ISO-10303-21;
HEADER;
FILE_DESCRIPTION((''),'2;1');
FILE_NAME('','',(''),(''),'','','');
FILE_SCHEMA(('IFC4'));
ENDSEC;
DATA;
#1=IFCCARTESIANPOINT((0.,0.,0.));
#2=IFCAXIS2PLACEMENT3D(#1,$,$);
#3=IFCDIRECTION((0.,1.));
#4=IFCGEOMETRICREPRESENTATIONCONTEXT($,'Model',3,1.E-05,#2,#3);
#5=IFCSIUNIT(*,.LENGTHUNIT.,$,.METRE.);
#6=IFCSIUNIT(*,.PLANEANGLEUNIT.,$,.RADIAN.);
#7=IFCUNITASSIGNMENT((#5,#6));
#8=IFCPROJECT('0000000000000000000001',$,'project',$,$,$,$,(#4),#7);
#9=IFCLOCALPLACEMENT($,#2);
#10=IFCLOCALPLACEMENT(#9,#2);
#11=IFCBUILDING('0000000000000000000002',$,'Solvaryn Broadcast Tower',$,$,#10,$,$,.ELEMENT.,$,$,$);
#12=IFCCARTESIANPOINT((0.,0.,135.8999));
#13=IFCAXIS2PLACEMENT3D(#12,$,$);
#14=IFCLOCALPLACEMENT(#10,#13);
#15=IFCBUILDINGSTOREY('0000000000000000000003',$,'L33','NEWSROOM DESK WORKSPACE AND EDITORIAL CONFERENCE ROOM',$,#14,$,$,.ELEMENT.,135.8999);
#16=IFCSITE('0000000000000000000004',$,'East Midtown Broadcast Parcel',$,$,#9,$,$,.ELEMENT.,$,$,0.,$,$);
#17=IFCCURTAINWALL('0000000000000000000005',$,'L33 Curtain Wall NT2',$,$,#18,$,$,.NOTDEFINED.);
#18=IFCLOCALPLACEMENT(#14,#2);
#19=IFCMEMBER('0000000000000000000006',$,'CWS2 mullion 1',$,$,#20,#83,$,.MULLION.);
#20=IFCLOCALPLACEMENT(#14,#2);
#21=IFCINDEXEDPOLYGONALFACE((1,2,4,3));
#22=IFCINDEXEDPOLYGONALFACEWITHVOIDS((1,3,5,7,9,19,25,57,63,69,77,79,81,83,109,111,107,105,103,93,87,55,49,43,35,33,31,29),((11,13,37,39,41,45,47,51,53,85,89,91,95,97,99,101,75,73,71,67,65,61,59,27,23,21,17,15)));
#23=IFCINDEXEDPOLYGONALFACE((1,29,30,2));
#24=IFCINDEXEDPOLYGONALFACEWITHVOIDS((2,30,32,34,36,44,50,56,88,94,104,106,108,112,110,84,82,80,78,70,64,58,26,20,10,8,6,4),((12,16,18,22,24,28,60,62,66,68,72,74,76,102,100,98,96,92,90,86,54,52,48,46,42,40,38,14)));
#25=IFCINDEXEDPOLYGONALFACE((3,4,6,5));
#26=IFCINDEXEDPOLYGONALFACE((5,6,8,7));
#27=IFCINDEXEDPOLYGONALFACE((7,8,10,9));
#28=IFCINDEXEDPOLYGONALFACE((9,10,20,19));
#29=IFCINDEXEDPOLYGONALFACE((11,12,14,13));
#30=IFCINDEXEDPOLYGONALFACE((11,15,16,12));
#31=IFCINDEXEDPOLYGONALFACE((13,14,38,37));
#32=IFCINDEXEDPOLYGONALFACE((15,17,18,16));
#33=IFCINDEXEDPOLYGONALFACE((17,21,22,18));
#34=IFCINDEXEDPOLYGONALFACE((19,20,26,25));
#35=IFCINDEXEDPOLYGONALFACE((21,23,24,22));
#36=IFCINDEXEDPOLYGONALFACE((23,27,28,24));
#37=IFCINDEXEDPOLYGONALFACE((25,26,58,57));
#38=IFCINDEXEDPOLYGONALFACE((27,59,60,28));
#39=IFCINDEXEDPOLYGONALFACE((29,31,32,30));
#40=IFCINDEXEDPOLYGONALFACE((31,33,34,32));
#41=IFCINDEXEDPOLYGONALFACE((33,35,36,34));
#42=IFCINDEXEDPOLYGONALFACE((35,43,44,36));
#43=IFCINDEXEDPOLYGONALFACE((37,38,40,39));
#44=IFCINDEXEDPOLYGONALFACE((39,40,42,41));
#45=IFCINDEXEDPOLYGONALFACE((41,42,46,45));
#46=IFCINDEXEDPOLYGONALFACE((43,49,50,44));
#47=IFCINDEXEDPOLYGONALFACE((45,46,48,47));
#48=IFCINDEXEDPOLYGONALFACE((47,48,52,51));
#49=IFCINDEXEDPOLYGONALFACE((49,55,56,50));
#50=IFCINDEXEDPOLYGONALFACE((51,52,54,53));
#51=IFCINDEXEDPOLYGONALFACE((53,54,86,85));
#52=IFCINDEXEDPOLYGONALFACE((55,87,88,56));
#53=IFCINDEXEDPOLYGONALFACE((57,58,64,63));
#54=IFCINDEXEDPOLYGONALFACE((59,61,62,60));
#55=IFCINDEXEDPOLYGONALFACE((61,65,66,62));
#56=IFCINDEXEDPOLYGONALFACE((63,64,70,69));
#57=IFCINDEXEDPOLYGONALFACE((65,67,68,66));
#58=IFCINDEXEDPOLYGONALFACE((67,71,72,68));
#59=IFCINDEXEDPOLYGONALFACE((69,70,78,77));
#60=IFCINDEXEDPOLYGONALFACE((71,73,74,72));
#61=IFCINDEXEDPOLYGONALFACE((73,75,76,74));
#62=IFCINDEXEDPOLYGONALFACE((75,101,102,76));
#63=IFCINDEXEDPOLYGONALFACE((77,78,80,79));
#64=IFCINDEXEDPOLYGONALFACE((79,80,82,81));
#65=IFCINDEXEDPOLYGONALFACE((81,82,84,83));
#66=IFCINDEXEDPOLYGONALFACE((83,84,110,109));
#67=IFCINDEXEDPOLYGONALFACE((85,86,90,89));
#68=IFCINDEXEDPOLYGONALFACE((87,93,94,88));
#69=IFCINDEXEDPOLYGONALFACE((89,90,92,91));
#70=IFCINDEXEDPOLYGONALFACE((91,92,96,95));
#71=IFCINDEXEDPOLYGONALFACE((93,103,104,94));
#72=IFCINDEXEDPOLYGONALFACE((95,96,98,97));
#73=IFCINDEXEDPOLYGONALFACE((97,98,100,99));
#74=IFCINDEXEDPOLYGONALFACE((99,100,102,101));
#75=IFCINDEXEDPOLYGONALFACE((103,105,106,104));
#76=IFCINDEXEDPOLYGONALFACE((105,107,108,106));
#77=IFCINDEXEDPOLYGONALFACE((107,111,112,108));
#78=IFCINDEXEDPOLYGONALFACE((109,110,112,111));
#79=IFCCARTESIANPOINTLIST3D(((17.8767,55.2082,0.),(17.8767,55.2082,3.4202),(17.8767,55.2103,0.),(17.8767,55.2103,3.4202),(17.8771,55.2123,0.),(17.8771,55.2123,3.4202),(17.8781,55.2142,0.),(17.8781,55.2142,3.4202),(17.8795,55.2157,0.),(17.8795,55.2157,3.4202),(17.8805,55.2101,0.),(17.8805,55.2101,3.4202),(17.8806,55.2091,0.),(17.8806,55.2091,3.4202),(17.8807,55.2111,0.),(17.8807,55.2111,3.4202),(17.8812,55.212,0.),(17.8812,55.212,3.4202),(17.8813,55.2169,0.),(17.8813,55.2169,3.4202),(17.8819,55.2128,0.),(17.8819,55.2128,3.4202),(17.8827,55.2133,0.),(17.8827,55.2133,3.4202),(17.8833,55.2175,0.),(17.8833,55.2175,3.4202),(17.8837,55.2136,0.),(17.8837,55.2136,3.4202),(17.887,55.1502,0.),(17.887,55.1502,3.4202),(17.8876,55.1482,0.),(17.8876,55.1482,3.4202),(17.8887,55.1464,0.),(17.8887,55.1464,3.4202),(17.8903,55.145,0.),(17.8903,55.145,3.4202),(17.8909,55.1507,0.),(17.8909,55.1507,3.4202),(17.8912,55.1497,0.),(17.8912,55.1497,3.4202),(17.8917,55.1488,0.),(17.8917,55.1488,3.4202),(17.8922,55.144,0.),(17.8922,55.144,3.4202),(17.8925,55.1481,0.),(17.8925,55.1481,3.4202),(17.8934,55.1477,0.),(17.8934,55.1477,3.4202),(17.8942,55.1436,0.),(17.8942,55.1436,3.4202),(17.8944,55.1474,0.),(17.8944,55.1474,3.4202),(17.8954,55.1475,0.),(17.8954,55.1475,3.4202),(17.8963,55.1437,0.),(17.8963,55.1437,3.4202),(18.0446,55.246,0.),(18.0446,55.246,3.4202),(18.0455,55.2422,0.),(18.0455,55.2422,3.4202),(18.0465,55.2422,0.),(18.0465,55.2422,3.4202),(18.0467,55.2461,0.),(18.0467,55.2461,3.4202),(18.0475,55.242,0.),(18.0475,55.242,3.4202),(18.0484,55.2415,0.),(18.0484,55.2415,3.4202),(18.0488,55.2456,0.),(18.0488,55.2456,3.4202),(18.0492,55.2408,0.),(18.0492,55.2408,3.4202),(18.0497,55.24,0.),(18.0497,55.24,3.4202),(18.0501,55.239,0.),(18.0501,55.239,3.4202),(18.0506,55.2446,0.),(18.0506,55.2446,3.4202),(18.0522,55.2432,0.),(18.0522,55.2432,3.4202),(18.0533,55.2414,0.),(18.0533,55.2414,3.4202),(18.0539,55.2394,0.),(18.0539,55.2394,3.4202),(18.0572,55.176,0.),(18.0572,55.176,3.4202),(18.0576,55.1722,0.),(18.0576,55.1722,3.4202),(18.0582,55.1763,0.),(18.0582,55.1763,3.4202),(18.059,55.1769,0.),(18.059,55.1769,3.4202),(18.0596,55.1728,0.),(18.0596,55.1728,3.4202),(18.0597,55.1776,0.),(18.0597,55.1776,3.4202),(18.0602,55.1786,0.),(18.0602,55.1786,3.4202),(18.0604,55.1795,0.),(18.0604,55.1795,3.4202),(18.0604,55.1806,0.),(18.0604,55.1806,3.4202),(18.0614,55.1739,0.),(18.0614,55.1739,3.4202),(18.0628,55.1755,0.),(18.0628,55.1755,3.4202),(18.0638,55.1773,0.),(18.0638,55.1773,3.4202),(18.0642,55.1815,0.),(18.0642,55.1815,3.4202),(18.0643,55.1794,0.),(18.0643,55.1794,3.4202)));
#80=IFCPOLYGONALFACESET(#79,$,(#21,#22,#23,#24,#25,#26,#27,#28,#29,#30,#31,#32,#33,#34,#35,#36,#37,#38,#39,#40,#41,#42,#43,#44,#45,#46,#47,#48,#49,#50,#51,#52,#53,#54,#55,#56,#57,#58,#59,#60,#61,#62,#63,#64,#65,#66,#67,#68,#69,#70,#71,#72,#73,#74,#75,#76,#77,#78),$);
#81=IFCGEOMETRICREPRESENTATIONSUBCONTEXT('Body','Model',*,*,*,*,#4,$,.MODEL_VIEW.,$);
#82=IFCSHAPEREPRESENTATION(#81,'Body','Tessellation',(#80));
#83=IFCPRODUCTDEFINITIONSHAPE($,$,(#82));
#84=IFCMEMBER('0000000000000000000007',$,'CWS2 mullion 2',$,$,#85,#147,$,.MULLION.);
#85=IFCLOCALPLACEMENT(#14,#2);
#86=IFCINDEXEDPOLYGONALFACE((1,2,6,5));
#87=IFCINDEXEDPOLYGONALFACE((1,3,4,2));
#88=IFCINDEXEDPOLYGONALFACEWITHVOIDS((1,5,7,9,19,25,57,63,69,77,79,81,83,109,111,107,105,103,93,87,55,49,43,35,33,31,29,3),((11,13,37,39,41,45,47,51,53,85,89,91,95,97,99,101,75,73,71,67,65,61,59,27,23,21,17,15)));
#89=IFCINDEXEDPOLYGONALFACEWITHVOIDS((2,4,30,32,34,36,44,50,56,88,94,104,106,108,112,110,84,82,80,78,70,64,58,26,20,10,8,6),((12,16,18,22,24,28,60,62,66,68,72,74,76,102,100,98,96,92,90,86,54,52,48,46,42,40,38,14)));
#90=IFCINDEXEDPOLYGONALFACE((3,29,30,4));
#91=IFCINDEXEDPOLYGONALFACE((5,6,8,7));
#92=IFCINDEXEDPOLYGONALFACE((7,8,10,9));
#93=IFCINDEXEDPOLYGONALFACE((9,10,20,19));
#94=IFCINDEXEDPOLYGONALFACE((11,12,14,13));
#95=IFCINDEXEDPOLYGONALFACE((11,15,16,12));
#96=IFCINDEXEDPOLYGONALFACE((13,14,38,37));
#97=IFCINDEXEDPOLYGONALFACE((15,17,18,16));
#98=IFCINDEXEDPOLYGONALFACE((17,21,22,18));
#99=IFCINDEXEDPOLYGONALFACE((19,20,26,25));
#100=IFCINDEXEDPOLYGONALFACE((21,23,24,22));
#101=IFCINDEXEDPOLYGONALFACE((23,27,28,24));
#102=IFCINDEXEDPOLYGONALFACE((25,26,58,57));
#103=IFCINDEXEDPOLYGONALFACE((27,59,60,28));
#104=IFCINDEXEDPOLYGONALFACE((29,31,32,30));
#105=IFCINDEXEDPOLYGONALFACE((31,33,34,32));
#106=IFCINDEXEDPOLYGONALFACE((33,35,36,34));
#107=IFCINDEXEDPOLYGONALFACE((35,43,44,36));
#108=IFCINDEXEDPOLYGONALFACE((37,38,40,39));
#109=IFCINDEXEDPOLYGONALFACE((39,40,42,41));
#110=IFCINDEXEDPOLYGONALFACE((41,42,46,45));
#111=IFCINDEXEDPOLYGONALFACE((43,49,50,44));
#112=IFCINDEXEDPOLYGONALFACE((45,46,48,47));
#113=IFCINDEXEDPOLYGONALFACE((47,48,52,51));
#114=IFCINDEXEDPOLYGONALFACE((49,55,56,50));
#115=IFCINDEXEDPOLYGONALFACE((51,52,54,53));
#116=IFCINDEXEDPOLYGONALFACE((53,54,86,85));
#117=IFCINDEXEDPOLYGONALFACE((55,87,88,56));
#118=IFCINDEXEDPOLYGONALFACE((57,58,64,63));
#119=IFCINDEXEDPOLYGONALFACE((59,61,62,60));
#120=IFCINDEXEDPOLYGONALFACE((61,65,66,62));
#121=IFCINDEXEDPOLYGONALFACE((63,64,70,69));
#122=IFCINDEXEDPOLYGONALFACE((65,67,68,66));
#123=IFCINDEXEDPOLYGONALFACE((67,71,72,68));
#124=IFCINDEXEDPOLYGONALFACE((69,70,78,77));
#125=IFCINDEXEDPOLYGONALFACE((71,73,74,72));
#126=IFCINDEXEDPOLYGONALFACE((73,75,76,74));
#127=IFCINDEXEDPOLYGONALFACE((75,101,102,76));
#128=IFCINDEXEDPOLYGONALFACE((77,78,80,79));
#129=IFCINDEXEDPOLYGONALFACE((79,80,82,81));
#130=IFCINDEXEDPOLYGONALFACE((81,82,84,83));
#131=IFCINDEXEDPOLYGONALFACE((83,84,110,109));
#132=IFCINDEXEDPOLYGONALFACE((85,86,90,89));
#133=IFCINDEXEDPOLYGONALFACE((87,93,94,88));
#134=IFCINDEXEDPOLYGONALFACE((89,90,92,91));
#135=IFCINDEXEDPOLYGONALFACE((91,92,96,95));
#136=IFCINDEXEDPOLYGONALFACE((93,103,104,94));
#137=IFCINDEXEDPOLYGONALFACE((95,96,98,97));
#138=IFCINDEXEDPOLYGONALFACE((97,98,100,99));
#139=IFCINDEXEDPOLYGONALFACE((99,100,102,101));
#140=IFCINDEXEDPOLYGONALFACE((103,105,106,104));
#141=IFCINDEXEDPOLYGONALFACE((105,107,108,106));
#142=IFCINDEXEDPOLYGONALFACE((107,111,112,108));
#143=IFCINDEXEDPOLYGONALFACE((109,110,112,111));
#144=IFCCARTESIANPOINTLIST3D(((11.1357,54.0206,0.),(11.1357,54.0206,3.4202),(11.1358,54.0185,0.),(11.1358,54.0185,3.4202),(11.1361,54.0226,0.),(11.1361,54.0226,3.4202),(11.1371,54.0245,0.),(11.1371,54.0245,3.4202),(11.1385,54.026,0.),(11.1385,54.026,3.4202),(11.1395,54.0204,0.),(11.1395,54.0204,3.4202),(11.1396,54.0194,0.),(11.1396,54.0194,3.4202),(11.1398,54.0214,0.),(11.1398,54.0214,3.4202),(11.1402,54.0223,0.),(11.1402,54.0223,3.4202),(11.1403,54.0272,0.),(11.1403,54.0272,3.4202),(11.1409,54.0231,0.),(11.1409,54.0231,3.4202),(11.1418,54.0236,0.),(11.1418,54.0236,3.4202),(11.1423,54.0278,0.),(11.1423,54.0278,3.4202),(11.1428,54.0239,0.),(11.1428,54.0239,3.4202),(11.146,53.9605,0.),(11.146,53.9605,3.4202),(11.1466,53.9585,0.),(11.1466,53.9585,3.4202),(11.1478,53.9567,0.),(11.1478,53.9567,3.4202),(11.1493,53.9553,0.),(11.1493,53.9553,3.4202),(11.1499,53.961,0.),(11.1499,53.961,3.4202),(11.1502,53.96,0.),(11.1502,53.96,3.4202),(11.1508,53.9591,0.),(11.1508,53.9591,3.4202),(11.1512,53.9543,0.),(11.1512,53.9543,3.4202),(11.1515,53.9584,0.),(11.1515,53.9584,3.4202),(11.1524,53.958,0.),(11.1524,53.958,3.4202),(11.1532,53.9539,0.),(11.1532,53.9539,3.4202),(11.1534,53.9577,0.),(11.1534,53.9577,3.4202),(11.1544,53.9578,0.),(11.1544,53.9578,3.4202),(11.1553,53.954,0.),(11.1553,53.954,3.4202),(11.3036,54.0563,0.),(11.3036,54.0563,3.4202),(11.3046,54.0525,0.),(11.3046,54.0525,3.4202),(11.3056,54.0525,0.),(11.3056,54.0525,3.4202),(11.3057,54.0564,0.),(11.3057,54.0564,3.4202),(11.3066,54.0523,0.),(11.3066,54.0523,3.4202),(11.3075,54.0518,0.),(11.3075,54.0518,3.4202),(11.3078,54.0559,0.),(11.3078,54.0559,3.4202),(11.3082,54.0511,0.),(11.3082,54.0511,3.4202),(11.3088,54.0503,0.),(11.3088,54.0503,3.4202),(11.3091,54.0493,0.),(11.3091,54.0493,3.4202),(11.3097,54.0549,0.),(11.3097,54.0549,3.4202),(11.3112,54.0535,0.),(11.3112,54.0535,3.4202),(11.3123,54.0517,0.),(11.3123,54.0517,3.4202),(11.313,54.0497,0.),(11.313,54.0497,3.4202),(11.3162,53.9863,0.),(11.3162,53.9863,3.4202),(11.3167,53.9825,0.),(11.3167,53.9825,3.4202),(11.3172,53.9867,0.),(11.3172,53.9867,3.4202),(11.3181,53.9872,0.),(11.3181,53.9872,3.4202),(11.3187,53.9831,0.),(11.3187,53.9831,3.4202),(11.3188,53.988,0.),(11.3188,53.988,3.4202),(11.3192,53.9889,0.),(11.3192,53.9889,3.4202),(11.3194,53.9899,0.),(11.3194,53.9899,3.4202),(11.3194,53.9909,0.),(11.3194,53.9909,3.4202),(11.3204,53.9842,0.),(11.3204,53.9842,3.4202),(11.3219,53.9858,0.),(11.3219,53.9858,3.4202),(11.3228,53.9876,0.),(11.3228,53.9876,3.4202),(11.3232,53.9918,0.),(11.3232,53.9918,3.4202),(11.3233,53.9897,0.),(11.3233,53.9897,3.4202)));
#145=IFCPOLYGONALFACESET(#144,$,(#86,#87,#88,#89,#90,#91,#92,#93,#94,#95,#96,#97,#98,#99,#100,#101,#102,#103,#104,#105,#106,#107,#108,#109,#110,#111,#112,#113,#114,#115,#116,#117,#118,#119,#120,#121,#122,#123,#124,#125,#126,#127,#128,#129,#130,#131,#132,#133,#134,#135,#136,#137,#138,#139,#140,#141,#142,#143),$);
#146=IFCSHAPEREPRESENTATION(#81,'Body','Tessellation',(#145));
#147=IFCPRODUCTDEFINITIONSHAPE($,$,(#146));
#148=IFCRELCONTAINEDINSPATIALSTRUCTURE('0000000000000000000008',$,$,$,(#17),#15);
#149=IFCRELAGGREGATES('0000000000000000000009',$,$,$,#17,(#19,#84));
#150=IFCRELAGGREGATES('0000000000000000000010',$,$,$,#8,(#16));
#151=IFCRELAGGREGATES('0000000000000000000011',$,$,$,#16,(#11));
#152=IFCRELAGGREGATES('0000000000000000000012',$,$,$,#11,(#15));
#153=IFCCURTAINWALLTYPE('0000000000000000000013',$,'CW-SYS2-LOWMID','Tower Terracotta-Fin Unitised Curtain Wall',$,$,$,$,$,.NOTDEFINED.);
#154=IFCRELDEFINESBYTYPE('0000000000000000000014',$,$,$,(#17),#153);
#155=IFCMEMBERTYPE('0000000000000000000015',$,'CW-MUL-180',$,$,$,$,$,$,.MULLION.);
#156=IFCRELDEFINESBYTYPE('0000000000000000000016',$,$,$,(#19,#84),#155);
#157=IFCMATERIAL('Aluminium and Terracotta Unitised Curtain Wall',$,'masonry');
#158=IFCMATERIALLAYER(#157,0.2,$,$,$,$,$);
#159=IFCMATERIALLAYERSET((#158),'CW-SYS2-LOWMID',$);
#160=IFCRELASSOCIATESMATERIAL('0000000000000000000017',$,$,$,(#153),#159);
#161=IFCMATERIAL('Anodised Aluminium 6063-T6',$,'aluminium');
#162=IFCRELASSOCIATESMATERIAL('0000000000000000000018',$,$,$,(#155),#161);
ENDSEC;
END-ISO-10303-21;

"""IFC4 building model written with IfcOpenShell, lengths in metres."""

from ifc_helpers import new_model, si_unit, direction, frame, origin, origin_2d, place, context, subcontext, project, spatial, hollow_rectangle, extrude, material, layer, layer_set, material_profile, profile_set, type_object, element, aggregate, save


model = new_model("IFC4")

# Units and contexts
model_context = context("Model", 3, precision=1e-05, world=origin(), true_north=direction((0.0, 1.0)))
body_context = subcontext(model_context, "Body", "Model", "MODEL_VIEW")
ifc_project = project(units=[si_unit("LENGTHUNIT", "METRE"), si_unit("PLANEANGLEUNIT", "RADIAN")], contexts=[model_context])

# Site, building, storey
site_placement = place(None, origin())
site = spatial("IfcSite", under=ifc_project, at=site_placement, Name="East Midtown Broadcast Parcel", CompositionType="ELEMENT", RefElevation=0.0)
building_placement = place(site_placement, origin())
building = spatial("IfcBuilding", under=site, at=building_placement, Name="Solvaryn Broadcast Tower", CompositionType="ELEMENT")
storey_placement = place(building_placement, frame((0.0, 0.0, 135.8999)))
storey = spatial("IfcBuildingStorey", under=building, at=storey_placement, Name="L33", Description="NEWSROOM DESK WORKSPACE AND EDITORIAL CONFERENCE ROOM", CompositionType="ELEMENT", Elevation=135.8999)

# Shared definitions
ifc_material_1 = material(Name="Aluminium and Terracotta Unitised Curtain Wall", Category="masonry")
ifc_layer_1 = layer(ifc_material_1, 0.2)
ifc_layer_set_1 = layer_set([ifc_layer_1], Name="CW-SYS2-LOWMID")
curtain_wall_type = type_object("IfcCurtainWallType", Name="CW-SYS2-LOWMID", Description="Tower Terracotta-Fin Unitised Curtain Wall", PredefinedType="NOTDEFINED", material=ifc_layer_set_1)
ifc_material_2 = material(Name="Anodised Aluminium 6063-T6", Category="aluminium")
ifc_material_profile_1 = material_profile(ifc_material_2, hollow_rectangle(XDim=0.075, YDim=0.1799, WallThickness=0.0039, InnerFilletRadius=0.0039, OuterFilletRadius=0.0081, at=origin_2d()))
ifc_profile_set_1 = profile_set([ifc_material_profile_1], Name="Anodised Aluminium 6063-T6")
member_type_1 = type_object("IfcMemberType", Name="CW-MUL-180", PredefinedType="MULLION", material=ifc_profile_set_1)

# Curtain wall, members
curtain_wall_1_placement = place(storey_placement, origin())
curtain_wall_1 = element("IfcCurtainWall", 1, at=curtain_wall_1_placement, inside=storey, type_object=curtain_wall_type, Name="L33 Curtain Wall NT2", PredefinedType="NOTDEFINED")
member_1_placement = place(storey_placement, frame((17.9705, 55.1948, 0.0), z_axis=(0.0, 0.0, 1.0), x_axis=(0.173785, -0.984784, 0.0)))
member_1 = element("IfcMember", 2, at=member_1_placement, type_object=member_type_1, Name="CWS2 mullion 1", PredefinedType="MULLION", context=body_context, shape_type="SweptSolid", body=[
    extrude(hollow_rectangle(XDim=0.075, YDim=0.1799, WallThickness=0.0039, InnerFilletRadius=0.0039, OuterFilletRadius=0.0081, at=origin_2d()), origin(), (0.0, 0.0, 1.0), 3.4202),
])
member_2_placement = place(storey_placement, frame((11.2295, 54.0051, 0.0), z_axis=(0.0, 0.0, 1.0), x_axis=(0.173785, -0.984784, 0.0)))
member_2 = element("IfcMember", 3, at=member_2_placement, type_object=member_type_1, Name="CWS2 mullion 2", PredefinedType="MULLION", context=body_context, shape_type="SweptSolid", body=[
    extrude(hollow_rectangle(XDim=0.075, YDim=0.1799, WallThickness=0.0039, InnerFilletRadius=0.0039, OuterFilletRadius=0.0081, at=origin_2d()), origin(), (0.0, 0.0, 1.0), 3.4202),
])

aggregate(curtain_wall_1, [member_1, member_2])

save(model, "model.ifc")
